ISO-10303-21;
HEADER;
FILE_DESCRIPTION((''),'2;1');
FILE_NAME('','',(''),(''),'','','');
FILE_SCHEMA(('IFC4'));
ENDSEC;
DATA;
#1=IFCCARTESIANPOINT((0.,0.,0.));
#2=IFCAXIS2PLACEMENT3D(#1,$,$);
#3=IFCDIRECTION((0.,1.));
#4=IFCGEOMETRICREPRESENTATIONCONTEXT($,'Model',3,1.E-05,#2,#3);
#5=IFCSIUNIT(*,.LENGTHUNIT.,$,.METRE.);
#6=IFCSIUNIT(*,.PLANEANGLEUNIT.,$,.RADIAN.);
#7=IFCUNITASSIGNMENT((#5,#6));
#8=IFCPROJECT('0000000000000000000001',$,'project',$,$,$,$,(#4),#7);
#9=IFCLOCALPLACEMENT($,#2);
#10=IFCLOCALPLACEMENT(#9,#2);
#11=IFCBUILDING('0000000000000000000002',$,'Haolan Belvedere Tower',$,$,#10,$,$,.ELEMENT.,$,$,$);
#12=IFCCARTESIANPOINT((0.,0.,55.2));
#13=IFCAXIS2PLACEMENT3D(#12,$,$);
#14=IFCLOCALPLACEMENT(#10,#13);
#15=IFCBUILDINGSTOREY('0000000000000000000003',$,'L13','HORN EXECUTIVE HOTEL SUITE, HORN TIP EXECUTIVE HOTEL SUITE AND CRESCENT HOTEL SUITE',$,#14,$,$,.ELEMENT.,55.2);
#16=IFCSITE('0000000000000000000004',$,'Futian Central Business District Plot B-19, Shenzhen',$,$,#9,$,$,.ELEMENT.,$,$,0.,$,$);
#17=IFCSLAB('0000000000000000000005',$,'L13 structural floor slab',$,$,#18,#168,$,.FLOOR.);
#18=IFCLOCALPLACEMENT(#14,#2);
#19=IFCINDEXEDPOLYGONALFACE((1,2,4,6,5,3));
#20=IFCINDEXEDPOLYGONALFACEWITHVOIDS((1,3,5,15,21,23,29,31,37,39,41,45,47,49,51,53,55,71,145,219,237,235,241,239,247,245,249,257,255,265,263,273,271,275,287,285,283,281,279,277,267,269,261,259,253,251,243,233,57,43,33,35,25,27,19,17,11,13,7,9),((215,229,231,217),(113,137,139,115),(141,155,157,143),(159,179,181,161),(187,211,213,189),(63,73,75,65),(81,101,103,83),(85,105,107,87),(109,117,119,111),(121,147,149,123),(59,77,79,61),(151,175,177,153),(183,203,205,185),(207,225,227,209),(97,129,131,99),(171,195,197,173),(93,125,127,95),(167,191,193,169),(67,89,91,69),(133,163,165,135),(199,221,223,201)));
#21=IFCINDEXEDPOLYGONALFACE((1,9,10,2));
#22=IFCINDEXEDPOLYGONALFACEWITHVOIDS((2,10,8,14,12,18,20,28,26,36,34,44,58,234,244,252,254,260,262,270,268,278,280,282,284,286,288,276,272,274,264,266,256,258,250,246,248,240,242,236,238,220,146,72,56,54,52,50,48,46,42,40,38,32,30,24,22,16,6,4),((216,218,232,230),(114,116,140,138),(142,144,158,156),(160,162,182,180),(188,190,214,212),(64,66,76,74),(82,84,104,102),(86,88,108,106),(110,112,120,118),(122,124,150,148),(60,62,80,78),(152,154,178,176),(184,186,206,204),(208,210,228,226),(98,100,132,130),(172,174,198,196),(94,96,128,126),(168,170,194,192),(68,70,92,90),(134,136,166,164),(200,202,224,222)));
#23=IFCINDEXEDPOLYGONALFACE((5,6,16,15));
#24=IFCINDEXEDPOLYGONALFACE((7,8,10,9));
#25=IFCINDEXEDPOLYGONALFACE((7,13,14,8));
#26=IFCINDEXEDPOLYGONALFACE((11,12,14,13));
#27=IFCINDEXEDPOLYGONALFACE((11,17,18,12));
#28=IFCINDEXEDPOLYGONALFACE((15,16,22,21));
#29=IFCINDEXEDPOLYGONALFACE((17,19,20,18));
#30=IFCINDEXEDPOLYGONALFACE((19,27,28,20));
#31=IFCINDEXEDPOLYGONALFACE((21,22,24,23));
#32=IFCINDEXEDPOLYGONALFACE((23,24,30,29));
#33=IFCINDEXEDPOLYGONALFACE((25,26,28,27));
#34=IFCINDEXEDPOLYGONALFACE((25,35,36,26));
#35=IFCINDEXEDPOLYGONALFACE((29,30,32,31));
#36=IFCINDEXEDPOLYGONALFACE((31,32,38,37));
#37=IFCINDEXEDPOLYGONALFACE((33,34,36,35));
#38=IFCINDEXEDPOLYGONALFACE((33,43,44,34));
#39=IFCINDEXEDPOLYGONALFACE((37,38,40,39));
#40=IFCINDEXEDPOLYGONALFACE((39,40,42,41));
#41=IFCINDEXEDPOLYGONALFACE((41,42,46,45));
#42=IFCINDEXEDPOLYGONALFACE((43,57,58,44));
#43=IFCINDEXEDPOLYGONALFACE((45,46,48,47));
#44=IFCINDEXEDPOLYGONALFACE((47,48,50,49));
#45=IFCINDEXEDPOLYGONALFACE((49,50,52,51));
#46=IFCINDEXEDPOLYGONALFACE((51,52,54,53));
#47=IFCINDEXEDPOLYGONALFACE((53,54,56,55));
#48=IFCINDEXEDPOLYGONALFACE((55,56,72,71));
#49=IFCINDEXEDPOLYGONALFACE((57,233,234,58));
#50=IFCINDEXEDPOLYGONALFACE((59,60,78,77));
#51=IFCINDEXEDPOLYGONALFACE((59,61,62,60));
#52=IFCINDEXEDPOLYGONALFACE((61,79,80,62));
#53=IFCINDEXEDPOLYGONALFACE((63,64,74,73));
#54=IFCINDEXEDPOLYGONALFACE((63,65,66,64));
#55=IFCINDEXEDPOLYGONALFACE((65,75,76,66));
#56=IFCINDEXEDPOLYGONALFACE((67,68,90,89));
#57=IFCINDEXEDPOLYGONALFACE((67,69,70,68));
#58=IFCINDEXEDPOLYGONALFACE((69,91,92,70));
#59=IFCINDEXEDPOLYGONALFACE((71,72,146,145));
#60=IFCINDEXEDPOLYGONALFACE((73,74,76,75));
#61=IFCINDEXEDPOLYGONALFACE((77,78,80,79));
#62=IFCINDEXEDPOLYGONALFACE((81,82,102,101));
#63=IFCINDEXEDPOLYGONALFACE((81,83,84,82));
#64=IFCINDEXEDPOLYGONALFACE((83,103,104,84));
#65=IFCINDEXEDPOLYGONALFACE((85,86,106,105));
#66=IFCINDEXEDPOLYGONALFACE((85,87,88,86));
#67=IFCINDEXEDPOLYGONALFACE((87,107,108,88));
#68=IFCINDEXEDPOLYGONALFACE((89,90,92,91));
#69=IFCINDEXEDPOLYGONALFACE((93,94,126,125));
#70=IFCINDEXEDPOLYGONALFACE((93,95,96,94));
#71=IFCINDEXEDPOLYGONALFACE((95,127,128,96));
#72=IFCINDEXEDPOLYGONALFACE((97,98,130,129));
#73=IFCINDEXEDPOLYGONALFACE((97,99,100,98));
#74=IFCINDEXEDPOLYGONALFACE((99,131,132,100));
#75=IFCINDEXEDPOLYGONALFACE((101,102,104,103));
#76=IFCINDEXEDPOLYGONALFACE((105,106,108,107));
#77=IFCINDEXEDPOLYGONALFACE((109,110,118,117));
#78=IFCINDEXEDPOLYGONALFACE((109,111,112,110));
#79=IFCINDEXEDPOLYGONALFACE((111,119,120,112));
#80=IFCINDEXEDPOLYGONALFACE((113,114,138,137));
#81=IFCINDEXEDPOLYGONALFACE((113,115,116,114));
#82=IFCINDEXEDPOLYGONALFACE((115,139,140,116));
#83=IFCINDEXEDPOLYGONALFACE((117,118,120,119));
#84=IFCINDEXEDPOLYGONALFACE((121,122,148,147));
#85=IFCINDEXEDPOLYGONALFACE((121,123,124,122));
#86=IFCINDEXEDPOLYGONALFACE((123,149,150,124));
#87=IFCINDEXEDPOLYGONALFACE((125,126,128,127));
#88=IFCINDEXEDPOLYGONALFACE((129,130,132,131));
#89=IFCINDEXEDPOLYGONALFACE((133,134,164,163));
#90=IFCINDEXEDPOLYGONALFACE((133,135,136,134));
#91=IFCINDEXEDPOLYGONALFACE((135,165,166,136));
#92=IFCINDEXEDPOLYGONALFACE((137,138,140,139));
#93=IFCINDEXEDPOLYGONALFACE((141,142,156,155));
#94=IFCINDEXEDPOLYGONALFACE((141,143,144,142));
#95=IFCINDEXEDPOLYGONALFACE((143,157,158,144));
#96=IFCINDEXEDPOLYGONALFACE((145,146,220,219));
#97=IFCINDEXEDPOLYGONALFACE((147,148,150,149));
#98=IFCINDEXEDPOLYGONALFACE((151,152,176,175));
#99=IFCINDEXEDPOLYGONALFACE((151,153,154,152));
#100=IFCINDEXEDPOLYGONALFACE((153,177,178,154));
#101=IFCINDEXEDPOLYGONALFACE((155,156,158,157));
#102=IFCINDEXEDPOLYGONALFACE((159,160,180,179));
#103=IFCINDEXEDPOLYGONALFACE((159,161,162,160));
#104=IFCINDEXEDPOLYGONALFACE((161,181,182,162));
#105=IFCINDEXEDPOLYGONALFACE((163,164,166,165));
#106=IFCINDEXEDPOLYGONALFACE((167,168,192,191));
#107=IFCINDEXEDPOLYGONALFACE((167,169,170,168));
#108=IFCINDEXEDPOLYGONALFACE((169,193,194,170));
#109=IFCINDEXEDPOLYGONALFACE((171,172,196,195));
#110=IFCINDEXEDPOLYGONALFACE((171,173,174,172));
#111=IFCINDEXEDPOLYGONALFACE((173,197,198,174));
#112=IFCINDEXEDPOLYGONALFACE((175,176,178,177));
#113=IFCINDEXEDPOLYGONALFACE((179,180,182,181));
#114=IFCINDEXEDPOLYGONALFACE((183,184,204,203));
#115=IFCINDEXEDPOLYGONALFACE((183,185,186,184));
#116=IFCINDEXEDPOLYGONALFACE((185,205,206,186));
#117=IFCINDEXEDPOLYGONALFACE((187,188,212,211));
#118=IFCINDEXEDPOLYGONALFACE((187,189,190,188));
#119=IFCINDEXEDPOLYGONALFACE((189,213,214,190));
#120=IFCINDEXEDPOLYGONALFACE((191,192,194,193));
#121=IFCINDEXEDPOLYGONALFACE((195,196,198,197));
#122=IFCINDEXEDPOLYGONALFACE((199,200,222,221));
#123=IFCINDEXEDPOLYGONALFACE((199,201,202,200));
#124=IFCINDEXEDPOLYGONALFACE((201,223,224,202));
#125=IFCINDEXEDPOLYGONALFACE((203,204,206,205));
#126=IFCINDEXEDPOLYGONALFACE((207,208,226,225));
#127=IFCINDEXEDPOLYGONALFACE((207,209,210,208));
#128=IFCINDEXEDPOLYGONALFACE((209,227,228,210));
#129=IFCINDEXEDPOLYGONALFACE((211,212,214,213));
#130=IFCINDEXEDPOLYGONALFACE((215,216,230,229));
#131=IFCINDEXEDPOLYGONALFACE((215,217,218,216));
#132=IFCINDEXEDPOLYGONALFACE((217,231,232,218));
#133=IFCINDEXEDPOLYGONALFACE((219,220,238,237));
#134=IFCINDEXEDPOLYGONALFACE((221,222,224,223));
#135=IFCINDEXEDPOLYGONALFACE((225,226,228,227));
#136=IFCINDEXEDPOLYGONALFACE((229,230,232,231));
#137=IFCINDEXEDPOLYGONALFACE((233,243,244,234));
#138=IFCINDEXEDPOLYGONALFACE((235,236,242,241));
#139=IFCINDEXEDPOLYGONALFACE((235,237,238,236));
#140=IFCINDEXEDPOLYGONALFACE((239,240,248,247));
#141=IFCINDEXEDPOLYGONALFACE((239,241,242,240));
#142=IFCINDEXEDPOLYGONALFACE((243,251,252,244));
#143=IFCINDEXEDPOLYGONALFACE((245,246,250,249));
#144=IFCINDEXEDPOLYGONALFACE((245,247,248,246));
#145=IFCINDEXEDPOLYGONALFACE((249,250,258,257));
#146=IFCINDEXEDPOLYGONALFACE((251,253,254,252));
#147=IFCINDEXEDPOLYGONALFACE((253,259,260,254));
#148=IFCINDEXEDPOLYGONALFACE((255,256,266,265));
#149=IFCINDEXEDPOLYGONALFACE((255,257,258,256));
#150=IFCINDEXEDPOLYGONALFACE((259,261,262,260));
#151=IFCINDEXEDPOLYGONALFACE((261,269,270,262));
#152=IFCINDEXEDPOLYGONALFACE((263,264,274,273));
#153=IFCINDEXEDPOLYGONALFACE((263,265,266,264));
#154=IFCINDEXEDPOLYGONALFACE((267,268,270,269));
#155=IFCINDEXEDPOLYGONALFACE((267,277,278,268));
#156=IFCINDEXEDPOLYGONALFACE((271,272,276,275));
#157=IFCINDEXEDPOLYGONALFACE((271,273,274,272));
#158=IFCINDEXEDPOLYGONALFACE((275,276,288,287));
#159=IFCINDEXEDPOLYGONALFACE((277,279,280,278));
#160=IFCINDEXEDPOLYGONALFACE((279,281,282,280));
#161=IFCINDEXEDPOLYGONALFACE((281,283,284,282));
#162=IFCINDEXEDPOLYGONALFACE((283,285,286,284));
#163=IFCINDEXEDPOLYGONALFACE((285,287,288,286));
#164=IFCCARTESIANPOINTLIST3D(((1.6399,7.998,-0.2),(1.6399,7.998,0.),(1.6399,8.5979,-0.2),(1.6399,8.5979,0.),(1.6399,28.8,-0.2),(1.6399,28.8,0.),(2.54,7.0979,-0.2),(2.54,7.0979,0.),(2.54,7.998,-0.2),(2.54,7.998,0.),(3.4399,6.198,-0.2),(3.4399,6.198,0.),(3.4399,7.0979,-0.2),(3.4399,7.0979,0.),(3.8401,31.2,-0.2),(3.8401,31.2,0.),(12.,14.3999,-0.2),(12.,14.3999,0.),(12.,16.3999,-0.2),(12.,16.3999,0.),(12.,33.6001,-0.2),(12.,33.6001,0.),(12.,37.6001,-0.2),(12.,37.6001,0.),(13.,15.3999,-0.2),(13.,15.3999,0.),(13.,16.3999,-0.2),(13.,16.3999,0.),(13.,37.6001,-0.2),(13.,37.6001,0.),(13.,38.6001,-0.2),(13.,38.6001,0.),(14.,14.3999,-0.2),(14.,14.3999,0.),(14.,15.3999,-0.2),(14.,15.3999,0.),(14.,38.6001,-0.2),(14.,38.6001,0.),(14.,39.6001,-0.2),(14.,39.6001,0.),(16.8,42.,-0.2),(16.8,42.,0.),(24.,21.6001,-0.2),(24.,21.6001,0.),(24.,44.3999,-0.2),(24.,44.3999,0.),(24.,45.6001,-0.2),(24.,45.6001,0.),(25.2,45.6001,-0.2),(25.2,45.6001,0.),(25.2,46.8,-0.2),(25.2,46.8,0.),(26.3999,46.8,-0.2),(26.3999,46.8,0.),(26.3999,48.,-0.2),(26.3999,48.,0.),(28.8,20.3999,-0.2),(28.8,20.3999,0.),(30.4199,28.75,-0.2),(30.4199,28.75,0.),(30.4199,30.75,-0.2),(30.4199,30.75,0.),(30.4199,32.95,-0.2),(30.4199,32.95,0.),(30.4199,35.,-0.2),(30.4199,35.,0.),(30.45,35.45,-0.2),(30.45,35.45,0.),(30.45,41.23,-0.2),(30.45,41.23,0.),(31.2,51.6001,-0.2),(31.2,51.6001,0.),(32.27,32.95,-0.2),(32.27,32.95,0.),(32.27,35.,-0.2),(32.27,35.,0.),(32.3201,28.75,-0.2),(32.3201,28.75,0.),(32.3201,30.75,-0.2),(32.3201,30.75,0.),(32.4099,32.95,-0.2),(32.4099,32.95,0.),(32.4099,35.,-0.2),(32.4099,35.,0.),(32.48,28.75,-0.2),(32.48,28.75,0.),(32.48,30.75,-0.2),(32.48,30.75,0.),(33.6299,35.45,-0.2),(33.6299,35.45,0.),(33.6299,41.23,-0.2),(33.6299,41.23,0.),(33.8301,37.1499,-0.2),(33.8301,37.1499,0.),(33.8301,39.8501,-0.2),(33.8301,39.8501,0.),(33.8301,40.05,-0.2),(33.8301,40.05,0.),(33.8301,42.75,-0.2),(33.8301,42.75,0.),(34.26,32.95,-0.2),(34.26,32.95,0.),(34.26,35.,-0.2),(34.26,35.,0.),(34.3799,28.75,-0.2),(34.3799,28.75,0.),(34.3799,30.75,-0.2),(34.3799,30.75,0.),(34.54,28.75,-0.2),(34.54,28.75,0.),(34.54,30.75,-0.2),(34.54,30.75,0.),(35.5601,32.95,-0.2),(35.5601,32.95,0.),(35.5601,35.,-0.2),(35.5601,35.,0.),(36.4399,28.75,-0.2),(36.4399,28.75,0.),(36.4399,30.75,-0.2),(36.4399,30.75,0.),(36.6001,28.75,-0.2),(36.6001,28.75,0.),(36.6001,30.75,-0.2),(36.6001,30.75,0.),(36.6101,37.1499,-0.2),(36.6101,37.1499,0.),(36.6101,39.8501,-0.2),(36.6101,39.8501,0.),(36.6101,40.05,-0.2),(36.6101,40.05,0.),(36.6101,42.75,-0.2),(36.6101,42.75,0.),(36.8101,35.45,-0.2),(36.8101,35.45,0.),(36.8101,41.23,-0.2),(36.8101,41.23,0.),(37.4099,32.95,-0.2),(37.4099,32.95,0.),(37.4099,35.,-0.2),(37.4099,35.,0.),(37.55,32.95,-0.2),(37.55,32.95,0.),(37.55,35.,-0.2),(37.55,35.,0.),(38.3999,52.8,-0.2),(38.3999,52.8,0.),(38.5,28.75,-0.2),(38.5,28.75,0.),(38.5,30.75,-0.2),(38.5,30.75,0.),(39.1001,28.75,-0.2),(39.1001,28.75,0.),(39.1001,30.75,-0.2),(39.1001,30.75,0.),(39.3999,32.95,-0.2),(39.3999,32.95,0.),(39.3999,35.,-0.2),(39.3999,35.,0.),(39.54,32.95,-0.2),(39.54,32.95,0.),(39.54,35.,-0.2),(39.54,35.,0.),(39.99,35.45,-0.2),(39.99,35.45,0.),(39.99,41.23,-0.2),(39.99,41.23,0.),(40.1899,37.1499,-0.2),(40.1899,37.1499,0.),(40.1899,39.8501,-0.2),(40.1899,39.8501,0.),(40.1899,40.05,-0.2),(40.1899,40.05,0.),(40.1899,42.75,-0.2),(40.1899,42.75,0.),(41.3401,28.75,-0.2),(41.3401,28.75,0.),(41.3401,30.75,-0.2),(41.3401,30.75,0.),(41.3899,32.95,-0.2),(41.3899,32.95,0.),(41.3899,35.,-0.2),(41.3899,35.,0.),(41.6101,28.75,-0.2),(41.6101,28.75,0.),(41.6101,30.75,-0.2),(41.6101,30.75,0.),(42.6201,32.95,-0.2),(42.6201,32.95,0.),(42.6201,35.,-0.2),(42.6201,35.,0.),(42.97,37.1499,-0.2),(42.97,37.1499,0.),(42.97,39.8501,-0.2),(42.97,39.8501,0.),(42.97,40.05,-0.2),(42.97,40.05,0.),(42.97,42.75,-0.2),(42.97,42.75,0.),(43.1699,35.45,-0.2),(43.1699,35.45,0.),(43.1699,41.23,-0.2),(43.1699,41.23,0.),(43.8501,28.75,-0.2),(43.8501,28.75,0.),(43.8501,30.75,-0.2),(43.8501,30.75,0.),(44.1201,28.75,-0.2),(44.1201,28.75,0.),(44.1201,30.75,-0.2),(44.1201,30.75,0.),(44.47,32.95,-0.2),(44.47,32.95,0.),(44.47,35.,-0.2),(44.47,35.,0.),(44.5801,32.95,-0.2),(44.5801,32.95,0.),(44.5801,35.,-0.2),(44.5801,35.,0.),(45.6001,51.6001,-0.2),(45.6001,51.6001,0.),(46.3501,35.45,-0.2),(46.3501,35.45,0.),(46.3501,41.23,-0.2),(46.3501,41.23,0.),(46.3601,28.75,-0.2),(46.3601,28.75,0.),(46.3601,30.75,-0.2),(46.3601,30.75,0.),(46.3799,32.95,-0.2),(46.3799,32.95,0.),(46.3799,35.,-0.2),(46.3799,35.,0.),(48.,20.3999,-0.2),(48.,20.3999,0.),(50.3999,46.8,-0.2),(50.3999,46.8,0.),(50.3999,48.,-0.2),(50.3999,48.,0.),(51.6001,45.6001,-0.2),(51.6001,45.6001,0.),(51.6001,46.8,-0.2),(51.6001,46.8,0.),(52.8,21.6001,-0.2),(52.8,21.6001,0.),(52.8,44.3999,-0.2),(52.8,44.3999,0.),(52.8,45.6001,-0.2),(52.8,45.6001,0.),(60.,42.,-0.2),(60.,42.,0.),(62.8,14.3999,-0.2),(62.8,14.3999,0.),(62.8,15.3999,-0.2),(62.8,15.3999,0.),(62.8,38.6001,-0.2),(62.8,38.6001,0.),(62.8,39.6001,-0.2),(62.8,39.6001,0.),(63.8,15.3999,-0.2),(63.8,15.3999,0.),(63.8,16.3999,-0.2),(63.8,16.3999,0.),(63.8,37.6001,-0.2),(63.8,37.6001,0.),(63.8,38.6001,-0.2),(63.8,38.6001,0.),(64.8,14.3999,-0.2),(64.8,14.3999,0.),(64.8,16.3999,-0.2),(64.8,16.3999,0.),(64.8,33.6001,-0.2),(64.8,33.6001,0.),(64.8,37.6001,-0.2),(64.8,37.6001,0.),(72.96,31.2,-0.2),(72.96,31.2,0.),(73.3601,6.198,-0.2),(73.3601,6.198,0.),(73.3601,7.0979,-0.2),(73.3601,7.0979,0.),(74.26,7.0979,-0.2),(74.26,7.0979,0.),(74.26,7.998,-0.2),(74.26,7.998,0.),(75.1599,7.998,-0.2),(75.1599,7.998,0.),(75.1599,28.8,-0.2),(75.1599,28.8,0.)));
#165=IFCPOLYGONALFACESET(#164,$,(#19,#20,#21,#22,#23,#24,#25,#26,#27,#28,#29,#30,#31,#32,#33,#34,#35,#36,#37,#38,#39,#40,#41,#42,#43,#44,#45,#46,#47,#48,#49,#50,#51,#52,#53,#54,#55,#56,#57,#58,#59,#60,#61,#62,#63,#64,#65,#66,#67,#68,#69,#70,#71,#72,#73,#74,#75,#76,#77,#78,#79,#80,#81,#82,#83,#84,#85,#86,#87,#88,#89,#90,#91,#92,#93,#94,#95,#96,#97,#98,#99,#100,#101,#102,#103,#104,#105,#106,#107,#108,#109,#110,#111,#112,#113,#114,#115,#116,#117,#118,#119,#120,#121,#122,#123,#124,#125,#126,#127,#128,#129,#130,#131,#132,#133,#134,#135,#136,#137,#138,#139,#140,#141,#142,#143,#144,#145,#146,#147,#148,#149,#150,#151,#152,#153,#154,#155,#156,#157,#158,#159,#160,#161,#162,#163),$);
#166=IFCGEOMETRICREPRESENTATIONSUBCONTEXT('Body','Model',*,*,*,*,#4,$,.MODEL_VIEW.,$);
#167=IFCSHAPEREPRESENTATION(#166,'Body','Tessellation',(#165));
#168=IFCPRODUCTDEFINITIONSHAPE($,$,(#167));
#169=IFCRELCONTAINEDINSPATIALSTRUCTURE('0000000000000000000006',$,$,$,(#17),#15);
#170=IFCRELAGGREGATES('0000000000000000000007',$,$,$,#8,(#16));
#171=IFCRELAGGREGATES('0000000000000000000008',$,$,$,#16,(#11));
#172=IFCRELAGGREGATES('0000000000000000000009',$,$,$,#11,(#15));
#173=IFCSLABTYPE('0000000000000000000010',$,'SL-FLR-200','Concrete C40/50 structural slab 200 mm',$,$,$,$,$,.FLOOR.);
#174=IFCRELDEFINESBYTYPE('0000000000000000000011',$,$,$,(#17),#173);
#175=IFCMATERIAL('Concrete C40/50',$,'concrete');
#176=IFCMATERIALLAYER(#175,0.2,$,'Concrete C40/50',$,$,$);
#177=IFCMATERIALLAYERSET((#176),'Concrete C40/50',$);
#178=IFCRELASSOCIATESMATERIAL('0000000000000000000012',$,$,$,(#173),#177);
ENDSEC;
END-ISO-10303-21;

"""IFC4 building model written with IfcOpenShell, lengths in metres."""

from ifc_helpers import new_model, si_unit, direction, frame, origin, place, context, subcontext, project, spatial, polyline, outline, extrude, material, layer, layer_set, type_object, element, save


model = new_model("IFC4")

# Units and contexts
model_context = context("Model", 3, precision=1e-05, world=origin(), true_north=direction((0.0, 1.0)))
body_context = subcontext(model_context, "Body", "Model", "MODEL_VIEW")
ifc_project = project(units=[si_unit("LENGTHUNIT", "METRE"), si_unit("PLANEANGLEUNIT", "RADIAN")], contexts=[model_context])

# Site, building, storey
site_placement = place(None, origin())
site = spatial("IfcSite", under=ifc_project, at=site_placement, Name="Futian Central Business District Plot B-19, Shenzhen", CompositionType="ELEMENT", RefElevation=0.0)
building_placement = place(site_placement, origin())
building = spatial("IfcBuilding", under=site, at=building_placement, Name="Haolan Belvedere Tower", CompositionType="ELEMENT")
storey_placement = place(building_placement, frame((0.0, 0.0, 55.2)))
storey = spatial("IfcBuildingStorey", under=building, at=storey_placement, Name="L13", Description="HORN EXECUTIVE HOTEL SUITE, HORN TIP EXECUTIVE HOTEL SUITE AND CRESCENT HOTEL SUITE", CompositionType="ELEMENT", Elevation=55.2)

# Slab
ifc_material_1 = material(Name="Concrete C40/50", Category="concrete")
ifc_layer_1 = layer(ifc_material_1, 0.2, Name="Concrete C40/50")
ifc_layer_set_1 = layer_set([ifc_layer_1], Name="Concrete C40/50")
slab_type_1 = type_object("IfcSlabType", Name="SL-FLR-200", Description="Concrete C40/50 structural slab 200 mm", PredefinedType="FLOOR", material=ifc_layer_set_1)
slab_1_placement = place(storey_placement, frame((0.0, 0.0, -0.2)))
element("IfcSlab", 1, at=slab_1_placement, inside=storey, type_object=slab_type_1, Name="L13 structural floor slab", PredefinedType="FLOOR", context=body_context, shape_type="SweptSolid", body=[
    extrude(outline(polyline([(1.6399, 28.8), (1.6399, 8.5979), (1.6399, 7.998), (2.54, 7.998), (2.54, 7.0979), (3.4399, 7.0979), (3.4399, 6.198), (12.0, 14.3999), (12.0, 16.3999), (13.0, 16.3999), (13.0, 15.3999), (14.0, 15.3999), (14.0, 14.3999), (24.0, 21.6001), (28.8, 20.3999), (48.0, 20.3999), (52.8, 21.6001), (62.8, 14.3999), (62.8, 15.3999), (63.8, 15.3999), (63.8, 16.3999), (64.8, 16.3999), (64.8, 14.3999), (73.3601, 6.198), (73.3601, 7.0979), (74.26, 7.0979), (74.26, 7.998), (75.1599, 7.998), (75.1599, 28.8), (72.96, 31.2), (64.8, 33.6001), (64.8, 37.6001), (63.8, 37.6001), (63.8, 38.6001), (62.8, 38.6001), (62.8, 39.6001), (60.0, 42.0), (52.8, 44.3999), (52.8, 45.6001), (51.6001, 45.6001), (51.6001, 46.8), (50.3999, 46.8), (50.3999, 48.0), (45.6001, 51.6001), (38.3999, 52.8), (31.2, 51.6001), (26.3999, 48.0), (26.3999, 46.8), (25.2, 46.8), (25.2, 45.6001), (24.0, 45.6001), (24.0, 44.3999), (16.8, 42.0), (14.0, 39.6001), (14.0, 38.6001), (13.0, 38.6001), (13.0, 37.6001), (12.0, 37.6001), (12.0, 33.6001), (3.8401, 31.2), (1.6399, 28.8)]), holes=[polyline([(30.45, 41.23), (30.45, 35.45), (33.6299, 35.45), (33.6299, 41.23), (30.45, 41.23)]), polyline([(36.8101, 41.23), (36.8101, 35.45), (39.99, 35.45), (39.99, 41.23), (36.8101, 41.23)]), polyline([(43.1699, 41.23), (43.1699, 35.45), (46.3501, 35.45), (46.3501, 41.23), (43.1699, 41.23)]), polyline([(33.8301, 40.05), (36.6101, 40.05), (36.6101, 42.75), (33.8301, 42.75), (33.8301, 40.05)]), polyline([(33.8301, 37.1499), (36.6101, 37.1499), (36.6101, 39.8501), (33.8301, 39.8501), (33.8301, 37.1499)]), polyline([(40.1899, 40.05), (42.97, 40.05), (42.97, 42.75), (40.1899, 42.75), (40.1899, 40.05)]), polyline([(40.1899, 37.1499), (42.97, 37.1499), (42.97, 39.8501), (40.1899, 39.8501), (40.1899, 37.1499)]), polyline([(30.4199, 32.95), (32.27, 32.95), (32.27, 35.0), (30.4199, 35.0), (30.4199, 32.95)]), polyline([(32.4099, 32.95), (34.26, 32.95), (34.26, 35.0), (32.4099, 35.0), (32.4099, 32.95)]), polyline([(35.5601, 32.95), (37.4099, 32.95), (37.4099, 35.0), (35.5601, 35.0), (35.5601, 32.95)]), polyline([(37.55, 32.95), (39.3999, 32.95), (39.3999, 35.0), (37.55, 35.0), (37.55, 32.95)]), polyline([(39.54, 32.95), (41.3899, 32.95), (41.3899, 35.0), (39.54, 35.0), (39.54, 32.95)]), polyline([(42.6201, 32.95), (44.47, 32.95), (44.47, 35.0), (42.6201, 35.0), (42.6201, 32.95)]), polyline([(44.5801, 32.95), (46.3799, 32.95), (46.3799, 35.0), (44.5801, 35.0), (44.5801, 32.95)]), polyline([(30.4199, 28.75), (32.3201, 28.75), (32.3201, 30.75), (30.4199, 30.75), (30.4199, 28.75)]), polyline([(32.48, 28.75), (34.3799, 28.75), (34.3799, 30.75), (32.48, 30.75), (32.48, 28.75)]), polyline([(34.54, 28.75), (36.4399, 28.75), (36.4399, 30.75), (34.54, 30.75), (34.54, 28.75)]), polyline([(36.6001, 28.75), (38.5, 28.75), (38.5, 30.75), (36.6001, 30.75), (36.6001, 28.75)]), polyline([(39.1001, 28.75), (41.3401, 28.75), (41.3401, 30.75), (39.1001, 30.75), (39.1001, 28.75)]), polyline([(41.6101, 28.75), (43.8501, 28.75), (43.8501, 30.75), (41.6101, 30.75), (41.6101, 28.75)]), polyline([(44.1201, 28.75), (46.3601, 28.75), (46.3601, 30.75), (44.1201, 30.75), (44.1201, 28.75)])]), origin(), (0.0, 0.0, 1.0), 0.2),
])

save(model, "model.ifc")
